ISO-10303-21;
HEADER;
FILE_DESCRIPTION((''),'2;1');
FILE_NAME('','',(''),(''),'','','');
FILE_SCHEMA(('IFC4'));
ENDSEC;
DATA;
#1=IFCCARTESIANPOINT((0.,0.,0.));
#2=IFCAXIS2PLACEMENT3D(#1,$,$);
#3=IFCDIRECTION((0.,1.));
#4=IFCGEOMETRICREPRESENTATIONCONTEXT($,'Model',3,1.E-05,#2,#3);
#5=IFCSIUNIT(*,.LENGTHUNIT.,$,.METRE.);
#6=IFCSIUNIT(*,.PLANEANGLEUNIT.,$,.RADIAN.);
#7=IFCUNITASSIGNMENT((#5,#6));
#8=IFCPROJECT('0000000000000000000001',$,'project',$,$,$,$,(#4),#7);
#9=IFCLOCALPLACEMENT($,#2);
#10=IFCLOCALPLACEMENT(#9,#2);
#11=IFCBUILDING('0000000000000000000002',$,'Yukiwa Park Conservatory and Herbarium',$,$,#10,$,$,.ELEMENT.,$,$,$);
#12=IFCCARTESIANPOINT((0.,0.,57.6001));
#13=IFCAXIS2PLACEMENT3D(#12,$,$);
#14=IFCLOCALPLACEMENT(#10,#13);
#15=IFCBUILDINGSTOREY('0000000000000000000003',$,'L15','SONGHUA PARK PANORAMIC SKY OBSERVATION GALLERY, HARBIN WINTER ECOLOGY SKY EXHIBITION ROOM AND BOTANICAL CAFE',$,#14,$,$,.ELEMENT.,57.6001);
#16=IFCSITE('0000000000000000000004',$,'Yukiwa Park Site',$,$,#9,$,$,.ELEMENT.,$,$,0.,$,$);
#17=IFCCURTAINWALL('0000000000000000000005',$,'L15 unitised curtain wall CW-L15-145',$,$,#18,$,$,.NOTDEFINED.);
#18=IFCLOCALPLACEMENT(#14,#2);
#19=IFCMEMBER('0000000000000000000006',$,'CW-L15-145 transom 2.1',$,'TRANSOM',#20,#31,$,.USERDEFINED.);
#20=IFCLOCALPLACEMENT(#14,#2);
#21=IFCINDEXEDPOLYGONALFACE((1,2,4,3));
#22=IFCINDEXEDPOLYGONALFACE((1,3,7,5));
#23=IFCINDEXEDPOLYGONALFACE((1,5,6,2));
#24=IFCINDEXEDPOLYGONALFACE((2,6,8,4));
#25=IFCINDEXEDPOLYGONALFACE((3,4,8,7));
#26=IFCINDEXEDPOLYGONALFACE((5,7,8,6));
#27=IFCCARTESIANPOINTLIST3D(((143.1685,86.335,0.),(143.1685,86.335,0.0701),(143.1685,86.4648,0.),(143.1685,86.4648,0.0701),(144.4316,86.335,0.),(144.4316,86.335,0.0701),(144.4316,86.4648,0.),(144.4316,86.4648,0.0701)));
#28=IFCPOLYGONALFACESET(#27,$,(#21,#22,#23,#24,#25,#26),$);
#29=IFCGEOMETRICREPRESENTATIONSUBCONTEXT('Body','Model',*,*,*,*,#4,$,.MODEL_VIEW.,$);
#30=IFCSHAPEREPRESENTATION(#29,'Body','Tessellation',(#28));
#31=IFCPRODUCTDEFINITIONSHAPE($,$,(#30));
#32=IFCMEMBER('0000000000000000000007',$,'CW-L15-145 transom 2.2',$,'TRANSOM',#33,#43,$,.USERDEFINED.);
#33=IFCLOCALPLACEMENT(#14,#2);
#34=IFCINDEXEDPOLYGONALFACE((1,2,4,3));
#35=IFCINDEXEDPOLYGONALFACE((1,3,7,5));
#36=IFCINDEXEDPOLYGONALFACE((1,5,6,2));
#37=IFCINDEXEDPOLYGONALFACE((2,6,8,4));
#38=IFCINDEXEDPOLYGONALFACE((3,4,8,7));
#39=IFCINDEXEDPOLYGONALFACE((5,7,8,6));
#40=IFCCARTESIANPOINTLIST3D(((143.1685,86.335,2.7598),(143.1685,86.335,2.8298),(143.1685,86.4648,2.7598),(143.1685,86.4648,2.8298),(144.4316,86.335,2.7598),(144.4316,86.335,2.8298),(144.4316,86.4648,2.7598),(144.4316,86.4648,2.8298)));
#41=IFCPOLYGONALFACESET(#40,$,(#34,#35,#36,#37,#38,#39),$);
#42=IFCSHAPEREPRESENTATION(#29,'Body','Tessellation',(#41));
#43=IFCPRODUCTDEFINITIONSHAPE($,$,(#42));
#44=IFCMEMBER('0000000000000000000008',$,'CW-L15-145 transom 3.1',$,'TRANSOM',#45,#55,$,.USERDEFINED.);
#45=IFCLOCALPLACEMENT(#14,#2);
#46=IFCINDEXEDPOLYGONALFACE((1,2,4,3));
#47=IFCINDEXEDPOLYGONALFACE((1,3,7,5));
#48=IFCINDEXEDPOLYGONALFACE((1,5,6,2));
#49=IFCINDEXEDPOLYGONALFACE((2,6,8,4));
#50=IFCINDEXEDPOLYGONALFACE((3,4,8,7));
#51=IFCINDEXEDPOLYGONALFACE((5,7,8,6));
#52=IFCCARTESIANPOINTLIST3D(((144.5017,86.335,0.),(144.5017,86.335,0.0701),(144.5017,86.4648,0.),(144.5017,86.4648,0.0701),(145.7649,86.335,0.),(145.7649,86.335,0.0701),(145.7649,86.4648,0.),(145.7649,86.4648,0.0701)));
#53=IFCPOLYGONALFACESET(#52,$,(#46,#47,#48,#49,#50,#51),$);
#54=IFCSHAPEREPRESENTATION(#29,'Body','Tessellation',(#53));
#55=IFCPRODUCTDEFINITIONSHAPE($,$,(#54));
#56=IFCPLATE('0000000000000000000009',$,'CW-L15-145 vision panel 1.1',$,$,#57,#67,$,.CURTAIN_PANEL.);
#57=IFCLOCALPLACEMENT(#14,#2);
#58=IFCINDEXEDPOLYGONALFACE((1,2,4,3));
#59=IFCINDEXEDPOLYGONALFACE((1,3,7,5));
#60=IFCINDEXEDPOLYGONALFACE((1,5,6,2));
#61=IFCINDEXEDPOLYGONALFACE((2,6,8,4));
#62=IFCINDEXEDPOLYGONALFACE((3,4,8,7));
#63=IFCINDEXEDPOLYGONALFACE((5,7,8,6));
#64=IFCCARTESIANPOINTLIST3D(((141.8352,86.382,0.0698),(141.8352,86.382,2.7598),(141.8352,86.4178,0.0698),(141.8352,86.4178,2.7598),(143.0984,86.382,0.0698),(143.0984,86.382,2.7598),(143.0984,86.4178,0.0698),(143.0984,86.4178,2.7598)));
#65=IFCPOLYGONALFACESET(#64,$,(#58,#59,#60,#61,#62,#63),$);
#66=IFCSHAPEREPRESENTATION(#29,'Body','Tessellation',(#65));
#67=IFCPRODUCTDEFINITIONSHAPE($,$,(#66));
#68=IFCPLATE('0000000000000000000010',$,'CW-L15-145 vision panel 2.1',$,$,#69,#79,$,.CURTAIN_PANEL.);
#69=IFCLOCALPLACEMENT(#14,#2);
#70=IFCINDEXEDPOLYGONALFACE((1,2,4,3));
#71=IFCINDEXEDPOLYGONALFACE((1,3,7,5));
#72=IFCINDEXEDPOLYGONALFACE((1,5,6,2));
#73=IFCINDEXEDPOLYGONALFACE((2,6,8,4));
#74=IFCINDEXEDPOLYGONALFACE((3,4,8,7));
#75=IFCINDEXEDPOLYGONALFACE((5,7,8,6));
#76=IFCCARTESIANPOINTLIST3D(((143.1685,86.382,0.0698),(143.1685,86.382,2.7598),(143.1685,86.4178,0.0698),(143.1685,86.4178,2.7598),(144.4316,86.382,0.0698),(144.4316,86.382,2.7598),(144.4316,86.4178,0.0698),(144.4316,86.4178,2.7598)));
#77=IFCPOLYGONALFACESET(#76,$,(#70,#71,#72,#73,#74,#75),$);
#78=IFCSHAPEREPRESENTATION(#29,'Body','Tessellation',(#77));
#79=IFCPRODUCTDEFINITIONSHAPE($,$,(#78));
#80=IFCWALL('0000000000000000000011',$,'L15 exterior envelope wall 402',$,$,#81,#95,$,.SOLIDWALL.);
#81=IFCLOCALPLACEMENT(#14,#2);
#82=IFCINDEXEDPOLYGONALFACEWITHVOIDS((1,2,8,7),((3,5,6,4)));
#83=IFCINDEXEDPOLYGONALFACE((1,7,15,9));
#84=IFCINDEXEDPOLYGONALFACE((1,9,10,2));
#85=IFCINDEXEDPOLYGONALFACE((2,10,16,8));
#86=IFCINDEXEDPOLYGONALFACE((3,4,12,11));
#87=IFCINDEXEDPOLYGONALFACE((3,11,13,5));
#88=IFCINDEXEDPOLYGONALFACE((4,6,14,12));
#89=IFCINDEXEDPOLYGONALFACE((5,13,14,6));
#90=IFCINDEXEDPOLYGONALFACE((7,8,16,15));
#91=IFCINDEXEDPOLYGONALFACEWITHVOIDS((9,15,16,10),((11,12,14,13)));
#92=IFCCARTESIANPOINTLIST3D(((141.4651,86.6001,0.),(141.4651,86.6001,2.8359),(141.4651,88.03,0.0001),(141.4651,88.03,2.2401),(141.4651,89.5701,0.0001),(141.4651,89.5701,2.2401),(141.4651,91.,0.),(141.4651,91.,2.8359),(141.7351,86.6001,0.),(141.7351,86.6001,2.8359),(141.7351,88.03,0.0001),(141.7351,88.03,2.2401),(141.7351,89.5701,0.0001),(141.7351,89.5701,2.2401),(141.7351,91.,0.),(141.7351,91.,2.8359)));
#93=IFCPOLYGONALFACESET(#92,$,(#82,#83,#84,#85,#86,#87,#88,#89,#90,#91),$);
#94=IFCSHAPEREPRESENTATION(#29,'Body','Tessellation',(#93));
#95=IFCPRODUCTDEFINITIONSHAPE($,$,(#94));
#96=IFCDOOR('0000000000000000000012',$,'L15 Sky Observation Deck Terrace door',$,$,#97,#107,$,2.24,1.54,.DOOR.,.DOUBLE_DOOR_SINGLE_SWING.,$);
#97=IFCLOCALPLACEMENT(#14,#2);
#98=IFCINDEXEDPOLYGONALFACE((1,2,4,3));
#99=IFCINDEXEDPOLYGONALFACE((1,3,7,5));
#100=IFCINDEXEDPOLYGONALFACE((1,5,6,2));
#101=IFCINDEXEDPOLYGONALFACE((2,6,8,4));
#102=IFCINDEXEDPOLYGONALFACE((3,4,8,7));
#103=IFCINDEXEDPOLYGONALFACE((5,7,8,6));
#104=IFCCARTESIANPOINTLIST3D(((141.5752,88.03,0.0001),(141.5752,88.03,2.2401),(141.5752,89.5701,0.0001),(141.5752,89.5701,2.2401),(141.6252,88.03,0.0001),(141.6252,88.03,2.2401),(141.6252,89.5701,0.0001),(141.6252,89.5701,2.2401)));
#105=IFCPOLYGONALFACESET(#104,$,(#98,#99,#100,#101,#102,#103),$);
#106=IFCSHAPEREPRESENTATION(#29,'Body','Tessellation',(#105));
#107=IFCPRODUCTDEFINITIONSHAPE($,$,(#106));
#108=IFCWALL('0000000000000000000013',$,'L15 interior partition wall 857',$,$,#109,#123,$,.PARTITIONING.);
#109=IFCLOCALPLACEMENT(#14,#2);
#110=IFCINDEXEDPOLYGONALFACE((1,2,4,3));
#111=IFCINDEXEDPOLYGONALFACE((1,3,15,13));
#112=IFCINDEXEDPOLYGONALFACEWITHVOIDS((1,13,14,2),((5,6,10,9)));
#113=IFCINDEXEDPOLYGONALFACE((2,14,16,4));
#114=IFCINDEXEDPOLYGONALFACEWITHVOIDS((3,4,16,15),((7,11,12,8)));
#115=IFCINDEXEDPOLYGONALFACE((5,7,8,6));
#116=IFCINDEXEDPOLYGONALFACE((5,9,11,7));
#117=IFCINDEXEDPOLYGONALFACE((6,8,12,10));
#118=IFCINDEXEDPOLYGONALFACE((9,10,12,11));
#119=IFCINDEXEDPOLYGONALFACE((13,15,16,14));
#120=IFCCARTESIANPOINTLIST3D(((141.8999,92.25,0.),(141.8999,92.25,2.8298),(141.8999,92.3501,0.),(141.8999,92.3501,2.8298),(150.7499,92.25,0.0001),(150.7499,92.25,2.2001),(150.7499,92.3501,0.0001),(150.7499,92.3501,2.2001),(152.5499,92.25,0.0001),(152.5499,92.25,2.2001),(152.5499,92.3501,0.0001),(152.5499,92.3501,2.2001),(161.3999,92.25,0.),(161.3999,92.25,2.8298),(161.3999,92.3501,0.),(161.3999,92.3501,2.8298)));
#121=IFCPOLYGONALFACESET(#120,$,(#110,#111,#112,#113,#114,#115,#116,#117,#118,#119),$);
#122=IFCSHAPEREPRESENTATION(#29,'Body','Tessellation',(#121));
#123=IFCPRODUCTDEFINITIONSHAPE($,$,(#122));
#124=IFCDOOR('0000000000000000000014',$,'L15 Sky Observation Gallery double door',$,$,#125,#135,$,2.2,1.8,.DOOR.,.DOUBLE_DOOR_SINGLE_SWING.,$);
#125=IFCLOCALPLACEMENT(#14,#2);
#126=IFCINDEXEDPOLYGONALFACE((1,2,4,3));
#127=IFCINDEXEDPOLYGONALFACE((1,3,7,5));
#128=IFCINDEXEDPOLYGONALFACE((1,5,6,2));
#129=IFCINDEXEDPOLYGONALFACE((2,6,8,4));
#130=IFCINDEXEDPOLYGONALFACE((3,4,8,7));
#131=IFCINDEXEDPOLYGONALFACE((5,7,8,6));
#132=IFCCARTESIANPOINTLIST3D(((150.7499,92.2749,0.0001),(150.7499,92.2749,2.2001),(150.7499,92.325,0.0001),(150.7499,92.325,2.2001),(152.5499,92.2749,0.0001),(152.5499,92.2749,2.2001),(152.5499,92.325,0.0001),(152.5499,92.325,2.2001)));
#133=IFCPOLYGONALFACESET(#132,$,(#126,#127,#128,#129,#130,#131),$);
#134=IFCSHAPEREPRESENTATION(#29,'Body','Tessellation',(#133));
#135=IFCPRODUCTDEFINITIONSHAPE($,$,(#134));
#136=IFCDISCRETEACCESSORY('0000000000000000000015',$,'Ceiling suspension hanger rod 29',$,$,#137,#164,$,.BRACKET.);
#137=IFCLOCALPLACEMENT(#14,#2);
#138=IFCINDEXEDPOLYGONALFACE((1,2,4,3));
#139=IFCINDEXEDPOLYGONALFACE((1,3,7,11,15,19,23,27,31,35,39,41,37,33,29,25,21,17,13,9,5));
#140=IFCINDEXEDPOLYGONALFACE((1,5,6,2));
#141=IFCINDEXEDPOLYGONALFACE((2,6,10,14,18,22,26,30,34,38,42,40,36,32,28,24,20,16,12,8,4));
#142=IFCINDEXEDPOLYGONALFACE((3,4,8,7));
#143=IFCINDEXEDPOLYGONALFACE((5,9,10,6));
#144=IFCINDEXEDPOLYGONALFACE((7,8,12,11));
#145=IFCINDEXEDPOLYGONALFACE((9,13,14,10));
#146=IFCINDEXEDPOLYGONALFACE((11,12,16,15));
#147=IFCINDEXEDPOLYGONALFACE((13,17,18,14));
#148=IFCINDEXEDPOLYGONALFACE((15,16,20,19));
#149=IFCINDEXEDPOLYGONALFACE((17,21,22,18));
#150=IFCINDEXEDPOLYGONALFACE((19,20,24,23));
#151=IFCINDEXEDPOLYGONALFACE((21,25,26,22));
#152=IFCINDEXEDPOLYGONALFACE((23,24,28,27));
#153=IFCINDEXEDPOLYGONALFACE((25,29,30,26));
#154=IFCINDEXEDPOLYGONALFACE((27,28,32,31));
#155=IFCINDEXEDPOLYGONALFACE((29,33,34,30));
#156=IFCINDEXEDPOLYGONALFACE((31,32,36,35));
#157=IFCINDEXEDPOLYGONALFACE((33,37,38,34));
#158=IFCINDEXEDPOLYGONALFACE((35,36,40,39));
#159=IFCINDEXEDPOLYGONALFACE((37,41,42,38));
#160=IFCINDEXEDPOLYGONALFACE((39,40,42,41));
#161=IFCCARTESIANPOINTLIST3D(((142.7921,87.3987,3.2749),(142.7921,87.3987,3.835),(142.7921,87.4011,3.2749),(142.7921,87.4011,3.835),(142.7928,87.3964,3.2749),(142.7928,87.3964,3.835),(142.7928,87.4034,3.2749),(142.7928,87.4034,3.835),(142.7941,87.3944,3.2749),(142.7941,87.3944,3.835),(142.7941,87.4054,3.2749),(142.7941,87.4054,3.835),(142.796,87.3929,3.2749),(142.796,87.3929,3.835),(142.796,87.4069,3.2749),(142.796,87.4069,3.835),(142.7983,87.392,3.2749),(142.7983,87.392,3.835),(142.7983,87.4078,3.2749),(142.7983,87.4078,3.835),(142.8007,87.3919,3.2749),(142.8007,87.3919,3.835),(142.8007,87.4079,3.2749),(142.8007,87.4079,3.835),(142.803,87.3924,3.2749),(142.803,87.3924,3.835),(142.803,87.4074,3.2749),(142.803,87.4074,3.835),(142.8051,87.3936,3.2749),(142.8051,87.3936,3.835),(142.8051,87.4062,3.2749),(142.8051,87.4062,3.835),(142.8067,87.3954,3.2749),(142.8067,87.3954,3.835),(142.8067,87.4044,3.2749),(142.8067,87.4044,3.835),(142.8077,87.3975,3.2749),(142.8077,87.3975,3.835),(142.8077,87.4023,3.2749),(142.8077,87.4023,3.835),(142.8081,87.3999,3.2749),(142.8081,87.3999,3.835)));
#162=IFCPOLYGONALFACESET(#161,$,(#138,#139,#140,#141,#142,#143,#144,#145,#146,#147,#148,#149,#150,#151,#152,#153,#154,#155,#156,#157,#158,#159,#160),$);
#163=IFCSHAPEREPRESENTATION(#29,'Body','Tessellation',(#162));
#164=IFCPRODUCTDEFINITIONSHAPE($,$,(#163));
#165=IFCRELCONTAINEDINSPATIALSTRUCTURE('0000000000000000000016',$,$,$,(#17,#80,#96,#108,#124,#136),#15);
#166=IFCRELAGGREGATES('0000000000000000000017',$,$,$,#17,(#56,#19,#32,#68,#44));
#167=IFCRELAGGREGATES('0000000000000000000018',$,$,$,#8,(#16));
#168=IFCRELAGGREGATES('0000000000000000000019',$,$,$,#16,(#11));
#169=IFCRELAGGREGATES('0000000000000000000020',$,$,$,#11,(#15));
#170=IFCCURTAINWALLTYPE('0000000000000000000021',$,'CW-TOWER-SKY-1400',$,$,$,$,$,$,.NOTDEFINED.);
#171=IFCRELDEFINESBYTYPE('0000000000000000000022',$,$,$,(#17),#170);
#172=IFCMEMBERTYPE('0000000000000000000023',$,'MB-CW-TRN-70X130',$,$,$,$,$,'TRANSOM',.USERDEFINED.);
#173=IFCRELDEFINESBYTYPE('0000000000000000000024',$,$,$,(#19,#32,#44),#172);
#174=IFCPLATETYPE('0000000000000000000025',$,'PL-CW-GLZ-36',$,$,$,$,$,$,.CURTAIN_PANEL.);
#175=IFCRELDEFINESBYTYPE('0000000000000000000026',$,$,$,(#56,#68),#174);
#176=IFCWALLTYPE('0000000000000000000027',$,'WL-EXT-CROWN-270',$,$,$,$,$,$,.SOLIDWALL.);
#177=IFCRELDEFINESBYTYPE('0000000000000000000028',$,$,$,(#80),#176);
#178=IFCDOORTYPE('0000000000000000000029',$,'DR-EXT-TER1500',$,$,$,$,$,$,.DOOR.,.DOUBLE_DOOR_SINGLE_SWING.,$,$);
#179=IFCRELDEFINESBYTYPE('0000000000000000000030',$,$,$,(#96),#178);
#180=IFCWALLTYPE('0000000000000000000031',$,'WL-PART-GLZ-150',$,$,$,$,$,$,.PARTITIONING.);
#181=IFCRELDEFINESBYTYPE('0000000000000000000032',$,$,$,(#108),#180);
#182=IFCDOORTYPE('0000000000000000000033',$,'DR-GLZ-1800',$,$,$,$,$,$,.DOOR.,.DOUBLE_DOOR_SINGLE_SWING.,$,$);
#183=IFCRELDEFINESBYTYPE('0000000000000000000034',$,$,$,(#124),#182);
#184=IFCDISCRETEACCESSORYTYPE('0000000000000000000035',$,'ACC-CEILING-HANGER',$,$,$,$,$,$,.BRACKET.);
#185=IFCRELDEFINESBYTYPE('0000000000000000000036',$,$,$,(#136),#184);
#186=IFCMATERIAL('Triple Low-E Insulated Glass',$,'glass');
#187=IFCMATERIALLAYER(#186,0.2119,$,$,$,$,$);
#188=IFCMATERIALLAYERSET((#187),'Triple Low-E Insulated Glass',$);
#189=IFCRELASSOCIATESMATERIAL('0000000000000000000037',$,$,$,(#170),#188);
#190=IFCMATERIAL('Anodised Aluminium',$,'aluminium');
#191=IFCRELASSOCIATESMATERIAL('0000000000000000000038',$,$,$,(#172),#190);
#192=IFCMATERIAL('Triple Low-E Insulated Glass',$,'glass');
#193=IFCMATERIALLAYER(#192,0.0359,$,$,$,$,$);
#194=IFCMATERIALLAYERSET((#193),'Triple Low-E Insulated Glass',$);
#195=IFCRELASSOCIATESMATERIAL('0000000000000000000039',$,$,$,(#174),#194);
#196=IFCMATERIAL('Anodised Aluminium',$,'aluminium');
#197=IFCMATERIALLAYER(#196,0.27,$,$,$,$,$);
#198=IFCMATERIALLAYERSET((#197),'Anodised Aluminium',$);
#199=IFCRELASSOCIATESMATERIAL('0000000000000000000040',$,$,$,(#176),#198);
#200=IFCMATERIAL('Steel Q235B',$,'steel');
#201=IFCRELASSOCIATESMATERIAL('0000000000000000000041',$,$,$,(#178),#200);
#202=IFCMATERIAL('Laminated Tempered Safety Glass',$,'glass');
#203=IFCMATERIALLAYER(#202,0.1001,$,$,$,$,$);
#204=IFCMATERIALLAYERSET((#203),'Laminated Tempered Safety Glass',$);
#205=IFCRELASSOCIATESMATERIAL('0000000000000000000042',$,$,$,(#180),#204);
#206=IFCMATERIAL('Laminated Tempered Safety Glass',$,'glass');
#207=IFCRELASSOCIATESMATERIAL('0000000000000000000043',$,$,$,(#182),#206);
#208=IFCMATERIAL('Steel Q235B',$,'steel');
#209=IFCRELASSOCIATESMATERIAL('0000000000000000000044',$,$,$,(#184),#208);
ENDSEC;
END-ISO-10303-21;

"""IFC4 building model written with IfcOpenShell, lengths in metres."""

from ifc_helpers import new_model, si_unit, direction, frame, frame_2d, origin, origin_2d, place, context, subcontext, project, spatial, rectangle, circle, extrude, material, layer, layer_set, type_object, element, fill, aggregate, save


model = new_model("IFC4")

# Units and contexts
model_context = context("Model", 3, precision=1e-05, world=origin(), true_north=direction((0.0, 1.0)))
body_context = subcontext(model_context, "Body", "Model", "MODEL_VIEW")
ifc_project = project(units=[si_unit("LENGTHUNIT", "METRE"), si_unit("PLANEANGLEUNIT", "RADIAN")], contexts=[model_context])

# Site, building, storey
site_placement = place(None, origin())
site = spatial("IfcSite", under=ifc_project, at=site_placement, Name="Yukiwa Park Site", CompositionType="ELEMENT", RefElevation=0.0)
building_placement = place(site_placement, origin())
building = spatial("IfcBuilding", under=site, at=building_placement, Name="Yukiwa Park Conservatory and Herbarium", CompositionType="ELEMENT")
storey_placement = place(building_placement, frame((0.0, 0.0, 57.6001)))
storey = spatial("IfcBuildingStorey", under=building, at=storey_placement, Name="L15", Description="SONGHUA PARK PANORAMIC SKY OBSERVATION GALLERY, HARBIN WINTER ECOLOGY SKY EXHIBITION ROOM AND BOTANICAL CAFE", CompositionType="ELEMENT", Elevation=57.6001)

# Curtain wall, members, plates
ifc_material_1 = material(Name="Triple Low-E Insulated Glass", Category="glass")
ifc_layer_1 = layer(ifc_material_1, 0.2119)
ifc_layer_set_1 = layer_set([ifc_layer_1], Name="Triple Low-E Insulated Glass")
curtain_wall_type = type_object("IfcCurtainWallType", Name="CW-TOWER-SKY-1400", PredefinedType="NOTDEFINED", material=ifc_layer_set_1)
curtain_wall_placement = place(storey_placement, origin())
curtain_wall = element("IfcCurtainWall", 1, at=curtain_wall_placement, inside=storey, type_object=curtain_wall_type, Name="L15 unitised curtain wall CW-L15-145", PredefinedType="NOTDEFINED")
ifc_material_2 = material(Name="Anodised Aluminium", Category="aluminium")
member_type_1 = type_object("IfcMemberType", Name="MB-CW-TRN-70X130", ElementType="TRANSOM", PredefinedType="USERDEFINED", material=ifc_material_2)
member_1_placement = place(storey_placement, frame((143.8, 86.3999, 0.0), z_axis=(0.0, 0.0, 1.0), x_axis=(1.0, 0.0, 0.0)))
member_1 = element("IfcMember", 2, at=member_1_placement, type_object=member_type_1, Name="CW-L15-145 transom 2.1", ObjectType="TRANSOM", PredefinedType="USERDEFINED", context=body_context, shape_type="SweptSolid", body=[
    extrude(rectangle(XDim=1.2632, YDim=0.1299, at=origin_2d()), origin(), (0.0, 0.0, 1.0), 0.0701),
])
member_2_placement = place(storey_placement, frame((143.8, 86.3999, 2.7598), z_axis=(0.0, 0.0, 1.0), x_axis=(1.0, 0.0, 0.0)))
member_2 = element("IfcMember", 3, at=member_2_placement, type_object=member_type_1, Name="CW-L15-145 transom 2.2", ObjectType="TRANSOM", PredefinedType="USERDEFINED", context=body_context, shape_type="SweptSolid", body=[
    extrude(rectangle(XDim=1.2632, YDim=0.1299, at=origin_2d()), origin(), (0.0, 0.0, 1.0), 0.0701),
])
member_3_placement = place(storey_placement, frame((145.1333, 86.3999, 0.0), z_axis=(0.0, 0.0, 1.0), x_axis=(1.0, 0.0, 0.0)))
member_3 = element("IfcMember", 4, at=member_3_placement, type_object=member_type_1, Name="CW-L15-145 transom 3.1", ObjectType="TRANSOM", PredefinedType="USERDEFINED", context=body_context, shape_type="SweptSolid", body=[
    extrude(rectangle(XDim=1.2632, YDim=0.1299, at=origin_2d()), origin(), (0.0, 0.0, 1.0), 0.0701),
])
ifc_material_3 = material(Name="Triple Low-E Insulated Glass", Category="glass")
ifc_layer_2 = layer(ifc_material_3, 0.0359)
ifc_layer_set_2 = layer_set([ifc_layer_2], Name="Triple Low-E Insulated Glass")
plate_type = type_object("IfcPlateType", Name="PL-CW-GLZ-36", PredefinedType="CURTAIN_PANEL", material=ifc_layer_set_2)
plate_1_placement = place(storey_placement, frame((142.4668, 86.3999, 0.0698), z_axis=(0.0, 0.0, 1.0), x_axis=(1.0, 0.0, 0.0)))
plate_1 = element("IfcPlate", 5, at=plate_1_placement, type_object=plate_type, Name="CW-L15-145 vision panel 1.1", PredefinedType="CURTAIN_PANEL", context=body_context, shape_type="SweptSolid", body=[
    extrude(rectangle(XDim=1.2632, YDim=0.0359, at=origin_2d()), origin(), (0.0, 0.0, 1.0), 2.6899),
])
plate_2_placement = place(storey_placement, frame((143.8, 86.3999, 0.0698), z_axis=(0.0, 0.0, 1.0), x_axis=(1.0, 0.0, 0.0)))
plate_2 = element("IfcPlate", 6, at=plate_2_placement, type_object=plate_type, Name="CW-L15-145 vision panel 2.1", PredefinedType="CURTAIN_PANEL", context=body_context, shape_type="SweptSolid", body=[
    extrude(rectangle(XDim=1.2632, YDim=0.0359, at=origin_2d()), origin(), (0.0, 0.0, 1.0), 2.6899),
])
aggregate(curtain_wall, [plate_1, member_1, member_2, plate_2, member_3])

# Walls, openings, doors
ifc_material_4 = material(Name="Anodised Aluminium", Category="aluminium")
ifc_layer_3 = layer(ifc_material_4, 0.27)
ifc_layer_set_3 = layer_set([ifc_layer_3], Name="Anodised Aluminium")
wall_type_1 = type_object("IfcWallType", Name="WL-EXT-CROWN-270", PredefinedType="SOLIDWALL", material=ifc_layer_set_3)
wall_1_placement = place(storey_placement, frame((141.6001, 91.0, 0.0), z_axis=(0.0, 0.0, 1.0), x_axis=(0.0, -1.0, 0.0)))
wall_1 = element("IfcWall", 7, at=wall_1_placement, inside=storey, type_object=wall_type_1, Name="L15 exterior envelope wall 402", PredefinedType="SOLIDWALL", context=body_context, shape_type="SweptSolid", body=[
    extrude(rectangle(XDim=4.3999, YDim=0.27, at=frame_2d((2.2, 0.0))), origin(), (0.0, 0.0, 1.0), 2.8359),
])
opening_1_placement = place(wall_1_placement, frame((1.4299, 0.0, 0.0)))
opening_1 = element("IfcOpeningElement", 8, at=opening_1_placement, cuts=wall_1, PredefinedType="OPENING", context=body_context, shape_type="SweptSolid", body=[
    extrude(rectangle(XDim=1.54, YDim=2.24, at=frame_2d((0.77, 1.1201))), frame((0.0, 0.145, 0.0), z_axis=(0.0, -1.0, 0.0), x_axis=(1.0, 0.0, 0.0)), (0.0, 0.0, 1.0), 0.29),
])
ifc_material_5 = material(Name="Steel Q235B", Category="steel")
door_type_1 = type_object("IfcDoorType", Name="DR-EXT-TER1500", OperationType="DOUBLE_DOOR_SINGLE_SWING", PredefinedType="DOOR", material=ifc_material_5)
door_1_placement = place(opening_1_placement, frame((1.54, 0.0, 0.0), z_axis=(0.0, 0.0, 1.0), x_axis=(-1.0, 0.0, 0.0)))
door_1 = element("IfcDoor", 9, at=door_1_placement, inside=storey, type_object=door_type_1, Name="L15 Sky Observation Deck Terrace door", OperationType="DOUBLE_DOOR_SINGLE_SWING", OverallHeight=2.24, OverallWidth=1.54, PredefinedType="DOOR", context=body_context, shape_type="SweptSolid", body=[
    extrude(rectangle(XDim=1.54, YDim=2.24, at=frame_2d((0.77, 1.1201))), frame((0.0, 0.0249, 0.0), z_axis=(0.0, -1.0, 0.0), x_axis=(1.0, 0.0, 0.0)), (0.0, 0.0, 1.0), 0.05),
])
fill(opening_1, door_1)
ifc_material_6 = material(Name="Laminated Tempered Safety Glass", Category="glass")
ifc_layer_4 = layer(ifc_material_6, 0.1001)
ifc_layer_set_4 = layer_set([ifc_layer_4], Name="Laminated Tempered Safety Glass")
wall_type_2 = type_object("IfcWallType", Name="WL-PART-GLZ-150", PredefinedType="PARTITIONING", material=ifc_layer_set_4)
wall_2_placement = place(storey_placement, frame((141.8999, 92.3, 0.0), z_axis=(0.0, 0.0, 1.0), x_axis=(1.0, 0.0, 0.0)))
wall_2 = element("IfcWall", 10, at=wall_2_placement, inside=storey, type_object=wall_type_2, Name="L15 interior partition wall 857", PredefinedType="PARTITIONING", context=body_context, shape_type="SweptSolid", body=[
    extrude(rectangle(XDim=19.5, YDim=0.1001, at=frame_2d((9.75, 0.0))), origin(), (0.0, 0.0, 1.0), 2.8298),
])
opening_2_placement = place(wall_2_placement, frame((8.8501, 0.0, 0.0)))
opening_2 = element("IfcOpeningElement", 11, at=opening_2_placement, cuts=wall_2, PredefinedType="OPENING", context=body_context, shape_type="SweptSolid", body=[
    extrude(rectangle(XDim=1.8, YDim=2.2, at=frame_2d((0.8999, 1.1001))), frame((0.0, 0.0601, 0.0), z_axis=(0.0, -1.0, 0.0), x_axis=(1.0, 0.0, 0.0)), (0.0, 0.0, 1.0), 0.1201),
])
ifc_material_7 = material(Name="Laminated Tempered Safety Glass", Category="glass")
door_type_2 = type_object("IfcDoorType", Name="DR-GLZ-1800", OperationType="DOUBLE_DOOR_SINGLE_SWING", PredefinedType="DOOR", material=ifc_material_7)
door_2_placement = place(opening_2_placement, origin())
door_2 = element("IfcDoor", 12, at=door_2_placement, inside=storey, type_object=door_type_2, Name="L15 Sky Observation Gallery double door", OperationType="DOUBLE_DOOR_SINGLE_SWING", OverallHeight=2.2, OverallWidth=1.8, PredefinedType="DOOR", context=body_context, shape_type="SweptSolid", body=[
    extrude(rectangle(XDim=1.8, YDim=2.2, at=frame_2d((0.8999, 1.1001))), frame((0.0, 0.0249, 0.0), z_axis=(0.0, -1.0, 0.0), x_axis=(1.0, 0.0, 0.0)), (0.0, 0.0, 1.0), 0.05),
])
fill(opening_2, door_2)

# Discrete accessory
ifc_material_8 = material(Name="Steel Q235B", Category="steel")
discrete_accessory_type = type_object("IfcDiscreteAccessoryType", Name="ACC-CEILING-HANGER", PredefinedType="BRACKET", material=ifc_material_8)
for number, where, z_axis, x_axis, name in (
    (13, (142.8, 87.3999, 3.2749), (0.0, 0.0, 1.0), (1.0, 0.0, 0.0), "Ceiling suspension hanger rod 29"),
):
    element("IfcDiscreteAccessory", number, at=place(storey_placement, frame(where, z_axis=z_axis, x_axis=x_axis)), inside=storey, type_object=discrete_accessory_type, Name=name, PredefinedType="BRACKET", context=body_context, shape_type="SweptSolid", body=[
        extrude(circle(Radius=0.0081, at=origin_2d()), origin(), (0.0, 0.0, 1.0), 0.5601),
    ])

save(model, "model.ifc")
